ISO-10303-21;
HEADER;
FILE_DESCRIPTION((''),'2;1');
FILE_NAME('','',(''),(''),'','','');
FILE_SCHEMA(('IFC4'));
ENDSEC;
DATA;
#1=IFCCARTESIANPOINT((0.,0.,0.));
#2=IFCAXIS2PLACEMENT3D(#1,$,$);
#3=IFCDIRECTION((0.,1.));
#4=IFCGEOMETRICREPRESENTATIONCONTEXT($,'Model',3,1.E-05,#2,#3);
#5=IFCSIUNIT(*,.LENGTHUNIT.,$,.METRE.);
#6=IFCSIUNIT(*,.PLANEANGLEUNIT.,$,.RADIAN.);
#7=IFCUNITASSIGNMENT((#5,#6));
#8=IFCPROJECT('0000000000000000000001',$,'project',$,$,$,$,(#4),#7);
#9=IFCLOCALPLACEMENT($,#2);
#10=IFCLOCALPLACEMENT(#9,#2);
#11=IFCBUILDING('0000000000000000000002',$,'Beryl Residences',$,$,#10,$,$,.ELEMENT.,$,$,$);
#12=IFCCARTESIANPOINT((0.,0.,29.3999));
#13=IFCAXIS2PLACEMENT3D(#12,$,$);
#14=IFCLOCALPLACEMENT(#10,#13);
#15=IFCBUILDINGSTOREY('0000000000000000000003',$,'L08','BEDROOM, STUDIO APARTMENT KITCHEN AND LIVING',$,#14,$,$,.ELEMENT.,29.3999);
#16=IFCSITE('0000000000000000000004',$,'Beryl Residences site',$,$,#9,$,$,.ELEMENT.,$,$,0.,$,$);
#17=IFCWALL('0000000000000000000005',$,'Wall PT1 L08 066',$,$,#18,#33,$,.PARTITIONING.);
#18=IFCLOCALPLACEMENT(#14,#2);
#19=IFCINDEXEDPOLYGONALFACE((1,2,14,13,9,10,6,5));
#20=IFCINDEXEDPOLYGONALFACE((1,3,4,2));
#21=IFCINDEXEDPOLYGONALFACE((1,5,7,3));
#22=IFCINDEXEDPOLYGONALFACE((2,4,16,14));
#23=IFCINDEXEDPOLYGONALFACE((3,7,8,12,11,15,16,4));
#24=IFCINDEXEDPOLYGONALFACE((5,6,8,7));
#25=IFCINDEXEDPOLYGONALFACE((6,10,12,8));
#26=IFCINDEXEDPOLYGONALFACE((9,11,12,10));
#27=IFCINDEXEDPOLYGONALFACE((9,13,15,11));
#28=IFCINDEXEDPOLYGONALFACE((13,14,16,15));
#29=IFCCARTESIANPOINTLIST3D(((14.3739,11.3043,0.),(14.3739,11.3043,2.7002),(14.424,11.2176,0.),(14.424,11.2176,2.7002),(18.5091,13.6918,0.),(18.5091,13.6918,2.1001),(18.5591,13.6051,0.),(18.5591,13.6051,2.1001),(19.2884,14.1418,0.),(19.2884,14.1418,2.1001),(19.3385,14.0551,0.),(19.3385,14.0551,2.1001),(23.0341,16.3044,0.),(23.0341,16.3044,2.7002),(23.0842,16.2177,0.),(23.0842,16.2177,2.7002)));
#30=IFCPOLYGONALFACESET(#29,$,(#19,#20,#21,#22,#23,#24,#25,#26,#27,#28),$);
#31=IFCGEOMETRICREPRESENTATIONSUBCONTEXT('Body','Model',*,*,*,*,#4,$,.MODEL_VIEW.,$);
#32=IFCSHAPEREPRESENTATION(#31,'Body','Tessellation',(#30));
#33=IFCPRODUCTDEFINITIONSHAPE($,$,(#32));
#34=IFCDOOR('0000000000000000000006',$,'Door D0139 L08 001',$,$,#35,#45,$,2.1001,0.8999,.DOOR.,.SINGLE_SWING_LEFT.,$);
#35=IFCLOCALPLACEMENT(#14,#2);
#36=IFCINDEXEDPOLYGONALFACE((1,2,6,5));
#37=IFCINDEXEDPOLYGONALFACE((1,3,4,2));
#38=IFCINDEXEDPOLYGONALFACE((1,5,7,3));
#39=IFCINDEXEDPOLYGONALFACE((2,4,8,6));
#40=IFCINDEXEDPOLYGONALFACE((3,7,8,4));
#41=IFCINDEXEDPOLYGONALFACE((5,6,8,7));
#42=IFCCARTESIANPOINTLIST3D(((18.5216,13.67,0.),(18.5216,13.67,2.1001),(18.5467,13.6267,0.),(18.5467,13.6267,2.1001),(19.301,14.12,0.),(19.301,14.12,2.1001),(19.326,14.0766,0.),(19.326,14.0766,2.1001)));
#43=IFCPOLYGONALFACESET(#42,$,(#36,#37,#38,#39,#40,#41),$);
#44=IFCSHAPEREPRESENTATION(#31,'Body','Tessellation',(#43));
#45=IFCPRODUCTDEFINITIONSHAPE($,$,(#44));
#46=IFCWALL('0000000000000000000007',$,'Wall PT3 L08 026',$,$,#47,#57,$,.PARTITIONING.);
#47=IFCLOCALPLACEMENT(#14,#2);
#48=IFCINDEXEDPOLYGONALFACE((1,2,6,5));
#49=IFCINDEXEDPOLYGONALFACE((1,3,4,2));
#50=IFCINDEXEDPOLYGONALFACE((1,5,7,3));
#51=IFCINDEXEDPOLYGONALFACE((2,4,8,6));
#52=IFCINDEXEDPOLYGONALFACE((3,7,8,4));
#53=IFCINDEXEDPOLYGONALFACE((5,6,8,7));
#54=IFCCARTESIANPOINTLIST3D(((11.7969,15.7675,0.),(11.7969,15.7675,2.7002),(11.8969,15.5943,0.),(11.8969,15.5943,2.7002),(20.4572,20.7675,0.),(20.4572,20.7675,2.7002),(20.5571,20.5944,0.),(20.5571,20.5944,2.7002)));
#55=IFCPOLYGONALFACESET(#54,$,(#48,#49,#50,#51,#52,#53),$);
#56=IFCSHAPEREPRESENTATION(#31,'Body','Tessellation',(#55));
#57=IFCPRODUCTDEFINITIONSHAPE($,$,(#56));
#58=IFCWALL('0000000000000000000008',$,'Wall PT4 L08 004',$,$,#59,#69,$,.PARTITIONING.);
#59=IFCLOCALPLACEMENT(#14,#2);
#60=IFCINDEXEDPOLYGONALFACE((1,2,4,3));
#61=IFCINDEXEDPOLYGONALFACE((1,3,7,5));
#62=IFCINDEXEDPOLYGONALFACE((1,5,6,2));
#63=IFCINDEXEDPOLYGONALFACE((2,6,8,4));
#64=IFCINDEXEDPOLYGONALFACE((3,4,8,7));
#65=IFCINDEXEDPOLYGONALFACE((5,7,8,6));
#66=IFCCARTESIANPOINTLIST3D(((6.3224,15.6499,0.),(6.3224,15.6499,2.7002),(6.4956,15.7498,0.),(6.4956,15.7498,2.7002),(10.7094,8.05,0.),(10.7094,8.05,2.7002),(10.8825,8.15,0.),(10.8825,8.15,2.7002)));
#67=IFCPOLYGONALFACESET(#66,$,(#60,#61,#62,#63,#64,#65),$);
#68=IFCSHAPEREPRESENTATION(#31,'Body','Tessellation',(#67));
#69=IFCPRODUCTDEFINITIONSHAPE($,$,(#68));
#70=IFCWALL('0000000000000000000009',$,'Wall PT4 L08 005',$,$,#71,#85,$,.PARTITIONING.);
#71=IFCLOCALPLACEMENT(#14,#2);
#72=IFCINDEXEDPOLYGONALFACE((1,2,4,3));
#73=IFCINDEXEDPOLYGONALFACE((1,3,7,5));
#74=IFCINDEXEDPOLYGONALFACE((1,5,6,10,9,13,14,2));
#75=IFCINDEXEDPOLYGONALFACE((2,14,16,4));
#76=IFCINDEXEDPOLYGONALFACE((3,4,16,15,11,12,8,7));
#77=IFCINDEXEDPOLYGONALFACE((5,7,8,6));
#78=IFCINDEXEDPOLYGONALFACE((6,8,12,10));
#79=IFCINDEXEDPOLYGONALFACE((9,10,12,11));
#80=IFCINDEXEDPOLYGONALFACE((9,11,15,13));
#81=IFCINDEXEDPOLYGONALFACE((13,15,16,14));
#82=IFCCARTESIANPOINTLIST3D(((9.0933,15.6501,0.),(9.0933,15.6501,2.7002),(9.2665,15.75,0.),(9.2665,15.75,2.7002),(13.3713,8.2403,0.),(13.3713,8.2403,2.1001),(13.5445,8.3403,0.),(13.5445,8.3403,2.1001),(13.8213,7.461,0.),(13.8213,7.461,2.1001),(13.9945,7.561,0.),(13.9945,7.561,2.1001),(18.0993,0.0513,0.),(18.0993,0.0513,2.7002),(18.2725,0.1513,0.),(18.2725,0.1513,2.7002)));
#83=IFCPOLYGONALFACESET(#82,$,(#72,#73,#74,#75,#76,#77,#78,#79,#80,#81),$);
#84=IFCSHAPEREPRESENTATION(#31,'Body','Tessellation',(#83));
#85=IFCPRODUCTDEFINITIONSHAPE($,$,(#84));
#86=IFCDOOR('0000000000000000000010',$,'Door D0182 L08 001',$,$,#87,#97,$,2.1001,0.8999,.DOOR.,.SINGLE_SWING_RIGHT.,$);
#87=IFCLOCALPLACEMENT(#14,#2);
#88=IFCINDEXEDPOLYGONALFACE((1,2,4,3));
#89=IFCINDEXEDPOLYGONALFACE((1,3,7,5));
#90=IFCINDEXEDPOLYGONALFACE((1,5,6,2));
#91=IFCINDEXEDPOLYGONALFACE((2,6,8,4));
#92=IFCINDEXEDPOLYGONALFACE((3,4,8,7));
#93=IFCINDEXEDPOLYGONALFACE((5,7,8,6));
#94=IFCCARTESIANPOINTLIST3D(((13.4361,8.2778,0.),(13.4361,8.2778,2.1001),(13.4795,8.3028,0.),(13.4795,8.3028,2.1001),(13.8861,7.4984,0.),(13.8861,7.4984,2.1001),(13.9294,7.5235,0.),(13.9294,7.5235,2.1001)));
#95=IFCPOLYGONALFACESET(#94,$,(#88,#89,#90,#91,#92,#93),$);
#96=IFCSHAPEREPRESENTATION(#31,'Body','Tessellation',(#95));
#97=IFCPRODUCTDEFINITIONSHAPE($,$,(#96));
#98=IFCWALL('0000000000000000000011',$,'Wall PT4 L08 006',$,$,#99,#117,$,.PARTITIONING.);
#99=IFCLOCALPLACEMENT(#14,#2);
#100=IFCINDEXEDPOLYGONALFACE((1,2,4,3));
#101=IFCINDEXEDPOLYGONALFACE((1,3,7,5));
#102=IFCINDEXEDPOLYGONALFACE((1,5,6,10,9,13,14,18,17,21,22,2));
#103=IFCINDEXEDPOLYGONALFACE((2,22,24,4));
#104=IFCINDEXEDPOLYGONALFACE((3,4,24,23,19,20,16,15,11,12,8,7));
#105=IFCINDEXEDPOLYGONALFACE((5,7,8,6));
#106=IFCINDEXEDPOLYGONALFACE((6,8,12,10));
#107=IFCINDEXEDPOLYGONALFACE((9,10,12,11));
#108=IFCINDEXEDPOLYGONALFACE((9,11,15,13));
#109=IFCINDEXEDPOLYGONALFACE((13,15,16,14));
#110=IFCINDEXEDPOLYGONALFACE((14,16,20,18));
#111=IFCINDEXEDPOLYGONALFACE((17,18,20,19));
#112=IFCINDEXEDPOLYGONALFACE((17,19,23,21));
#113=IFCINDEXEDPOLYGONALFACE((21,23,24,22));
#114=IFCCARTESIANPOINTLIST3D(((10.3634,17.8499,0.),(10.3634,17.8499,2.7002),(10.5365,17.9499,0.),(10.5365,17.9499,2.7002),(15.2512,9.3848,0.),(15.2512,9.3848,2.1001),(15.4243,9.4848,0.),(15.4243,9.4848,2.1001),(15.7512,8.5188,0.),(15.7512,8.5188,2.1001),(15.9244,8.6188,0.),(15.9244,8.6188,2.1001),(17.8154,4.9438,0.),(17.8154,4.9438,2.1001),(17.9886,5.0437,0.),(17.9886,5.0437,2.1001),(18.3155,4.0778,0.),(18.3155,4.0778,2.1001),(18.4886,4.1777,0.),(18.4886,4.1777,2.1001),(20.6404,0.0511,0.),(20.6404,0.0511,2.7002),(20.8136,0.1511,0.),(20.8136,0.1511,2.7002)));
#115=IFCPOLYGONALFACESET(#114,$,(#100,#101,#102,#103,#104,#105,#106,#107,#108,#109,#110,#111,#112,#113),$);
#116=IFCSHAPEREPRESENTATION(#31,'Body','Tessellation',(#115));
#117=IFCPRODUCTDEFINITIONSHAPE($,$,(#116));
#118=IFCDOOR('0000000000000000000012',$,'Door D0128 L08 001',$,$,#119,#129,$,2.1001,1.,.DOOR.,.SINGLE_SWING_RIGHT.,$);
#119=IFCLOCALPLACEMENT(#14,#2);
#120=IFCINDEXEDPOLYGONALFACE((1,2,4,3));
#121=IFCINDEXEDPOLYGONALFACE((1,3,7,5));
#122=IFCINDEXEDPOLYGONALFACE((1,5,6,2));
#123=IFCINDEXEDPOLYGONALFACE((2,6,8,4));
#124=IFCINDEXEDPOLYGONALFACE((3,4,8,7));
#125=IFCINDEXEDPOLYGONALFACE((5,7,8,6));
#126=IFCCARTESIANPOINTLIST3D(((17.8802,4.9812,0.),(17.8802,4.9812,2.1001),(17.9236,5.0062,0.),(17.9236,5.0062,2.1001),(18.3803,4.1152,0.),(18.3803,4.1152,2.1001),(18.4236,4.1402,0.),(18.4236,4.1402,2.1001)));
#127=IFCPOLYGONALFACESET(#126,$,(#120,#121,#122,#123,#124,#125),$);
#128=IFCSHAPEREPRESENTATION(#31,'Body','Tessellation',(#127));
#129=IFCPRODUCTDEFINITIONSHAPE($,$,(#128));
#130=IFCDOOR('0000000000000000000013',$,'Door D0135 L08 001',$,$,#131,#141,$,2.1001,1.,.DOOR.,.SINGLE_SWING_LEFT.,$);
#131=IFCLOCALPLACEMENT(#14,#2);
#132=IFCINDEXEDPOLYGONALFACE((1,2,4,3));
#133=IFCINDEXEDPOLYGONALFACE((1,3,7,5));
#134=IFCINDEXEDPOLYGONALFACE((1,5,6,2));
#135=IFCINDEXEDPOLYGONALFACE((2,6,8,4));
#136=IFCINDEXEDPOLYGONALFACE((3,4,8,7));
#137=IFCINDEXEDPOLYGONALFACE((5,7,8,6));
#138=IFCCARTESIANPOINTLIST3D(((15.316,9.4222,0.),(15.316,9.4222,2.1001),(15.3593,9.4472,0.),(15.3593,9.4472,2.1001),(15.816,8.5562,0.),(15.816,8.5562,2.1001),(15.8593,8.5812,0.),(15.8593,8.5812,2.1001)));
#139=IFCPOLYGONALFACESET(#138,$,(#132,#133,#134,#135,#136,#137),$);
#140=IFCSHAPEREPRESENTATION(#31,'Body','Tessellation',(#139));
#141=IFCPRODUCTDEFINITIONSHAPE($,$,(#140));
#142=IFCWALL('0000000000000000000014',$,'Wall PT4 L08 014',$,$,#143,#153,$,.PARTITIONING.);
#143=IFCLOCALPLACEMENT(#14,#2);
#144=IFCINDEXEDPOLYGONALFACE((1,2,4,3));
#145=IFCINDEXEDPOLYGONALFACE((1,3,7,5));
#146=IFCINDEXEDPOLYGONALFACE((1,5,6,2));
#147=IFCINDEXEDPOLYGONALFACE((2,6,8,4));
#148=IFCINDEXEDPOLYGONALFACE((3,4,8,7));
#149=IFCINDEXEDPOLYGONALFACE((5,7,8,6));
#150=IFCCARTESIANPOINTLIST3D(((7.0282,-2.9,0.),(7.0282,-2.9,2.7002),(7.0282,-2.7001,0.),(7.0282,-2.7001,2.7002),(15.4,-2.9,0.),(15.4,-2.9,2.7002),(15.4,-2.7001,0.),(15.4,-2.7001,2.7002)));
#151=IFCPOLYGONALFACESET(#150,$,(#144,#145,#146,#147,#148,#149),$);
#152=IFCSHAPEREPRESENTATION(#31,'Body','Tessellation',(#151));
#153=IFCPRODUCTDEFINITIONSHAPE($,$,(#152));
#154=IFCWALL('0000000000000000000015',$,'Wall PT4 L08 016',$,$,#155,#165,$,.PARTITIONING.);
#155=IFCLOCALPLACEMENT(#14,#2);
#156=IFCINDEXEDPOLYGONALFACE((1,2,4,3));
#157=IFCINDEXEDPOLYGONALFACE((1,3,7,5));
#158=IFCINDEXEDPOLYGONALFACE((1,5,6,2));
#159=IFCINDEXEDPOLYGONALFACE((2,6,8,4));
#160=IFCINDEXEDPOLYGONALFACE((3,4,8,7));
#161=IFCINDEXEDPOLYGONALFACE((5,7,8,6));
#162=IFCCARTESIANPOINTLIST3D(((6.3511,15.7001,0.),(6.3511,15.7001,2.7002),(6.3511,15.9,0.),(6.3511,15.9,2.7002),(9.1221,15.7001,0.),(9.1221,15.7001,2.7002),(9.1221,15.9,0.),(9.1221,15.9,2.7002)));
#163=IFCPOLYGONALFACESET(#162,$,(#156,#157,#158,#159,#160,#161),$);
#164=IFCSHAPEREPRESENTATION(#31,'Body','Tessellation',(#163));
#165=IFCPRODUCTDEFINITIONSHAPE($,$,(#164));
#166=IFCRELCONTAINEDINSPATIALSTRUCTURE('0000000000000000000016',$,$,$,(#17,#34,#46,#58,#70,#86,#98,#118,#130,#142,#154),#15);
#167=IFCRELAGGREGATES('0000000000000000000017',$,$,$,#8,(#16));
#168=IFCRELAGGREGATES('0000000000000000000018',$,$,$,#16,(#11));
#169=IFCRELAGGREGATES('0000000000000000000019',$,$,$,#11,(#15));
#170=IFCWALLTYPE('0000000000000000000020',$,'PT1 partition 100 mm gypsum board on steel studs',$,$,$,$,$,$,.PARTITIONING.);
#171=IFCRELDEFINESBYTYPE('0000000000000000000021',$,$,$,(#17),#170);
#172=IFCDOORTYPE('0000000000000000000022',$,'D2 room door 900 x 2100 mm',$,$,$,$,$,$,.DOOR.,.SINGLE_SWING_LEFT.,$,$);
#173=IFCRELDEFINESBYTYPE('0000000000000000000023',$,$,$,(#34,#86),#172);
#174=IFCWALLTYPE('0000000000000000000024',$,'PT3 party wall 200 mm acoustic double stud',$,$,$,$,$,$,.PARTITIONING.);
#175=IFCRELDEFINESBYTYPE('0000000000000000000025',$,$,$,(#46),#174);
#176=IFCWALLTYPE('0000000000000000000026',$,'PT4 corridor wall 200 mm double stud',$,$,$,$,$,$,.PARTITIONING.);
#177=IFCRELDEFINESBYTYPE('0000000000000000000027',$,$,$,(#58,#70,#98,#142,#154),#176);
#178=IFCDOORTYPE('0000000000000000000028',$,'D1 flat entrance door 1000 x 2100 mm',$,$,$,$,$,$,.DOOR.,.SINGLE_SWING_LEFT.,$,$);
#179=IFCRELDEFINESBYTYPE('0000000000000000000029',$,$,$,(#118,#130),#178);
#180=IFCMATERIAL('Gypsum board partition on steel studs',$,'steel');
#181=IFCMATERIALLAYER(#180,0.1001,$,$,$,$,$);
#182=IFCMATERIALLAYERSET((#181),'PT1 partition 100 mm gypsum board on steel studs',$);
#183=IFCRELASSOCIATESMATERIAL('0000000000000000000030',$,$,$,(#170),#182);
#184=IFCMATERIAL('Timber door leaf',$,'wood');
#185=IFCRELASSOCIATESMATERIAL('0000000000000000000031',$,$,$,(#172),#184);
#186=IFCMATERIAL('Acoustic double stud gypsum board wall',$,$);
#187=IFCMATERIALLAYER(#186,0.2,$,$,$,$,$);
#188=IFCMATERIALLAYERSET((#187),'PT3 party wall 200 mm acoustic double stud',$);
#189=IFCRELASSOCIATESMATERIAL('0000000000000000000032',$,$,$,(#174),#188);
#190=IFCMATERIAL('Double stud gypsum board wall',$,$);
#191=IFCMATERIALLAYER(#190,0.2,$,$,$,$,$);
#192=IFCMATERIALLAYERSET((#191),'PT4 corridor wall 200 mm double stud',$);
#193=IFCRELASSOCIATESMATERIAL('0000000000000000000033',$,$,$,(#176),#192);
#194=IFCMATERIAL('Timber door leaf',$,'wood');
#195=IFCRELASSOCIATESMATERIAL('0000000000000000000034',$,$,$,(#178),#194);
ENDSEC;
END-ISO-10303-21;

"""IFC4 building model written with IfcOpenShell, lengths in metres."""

from ifc_helpers import new_model, si_unit, direction, frame, frame_2d, origin, place, context, subcontext, project, spatial, rectangle, extrude, material, layer, layer_set, type_object, element, fill, save


model = new_model("IFC4")

# Units and contexts
model_context = context("Model", 3, precision=1e-05, world=origin(), true_north=direction((0.0, 1.0)))
body_context = subcontext(model_context, "Body", "Model", "MODEL_VIEW")
ifc_project = project(units=[si_unit("LENGTHUNIT", "METRE"), si_unit("PLANEANGLEUNIT", "RADIAN")], contexts=[model_context])

# Site, building, storey
site_placement = place(None, origin())
site = spatial("IfcSite", under=ifc_project, at=site_placement, Name="Beryl Residences site", CompositionType="ELEMENT", RefElevation=0.0)
building_placement = place(site_placement, origin())
building = spatial("IfcBuilding", under=site, at=building_placement, Name="Beryl Residences", CompositionType="ELEMENT")
storey_placement = place(building_placement, frame((0.0, 0.0, 29.3999)))
storey = spatial("IfcBuildingStorey", under=building, at=storey_placement, Name="L08", Description="BEDROOM, STUDIO APARTMENT KITCHEN AND LIVING", CompositionType="ELEMENT", Elevation=29.3999)

# Wall, opening, door
ifc_material_1 = material(Name="Gypsum board partition on steel studs", Category="steel")
ifc_layer_1 = layer(ifc_material_1, 0.1001)
ifc_layer_set_1 = layer_set([ifc_layer_1], Name="PT1 partition 100 mm gypsum board on steel studs")
wall_type_1 = type_object("IfcWallType", Name="PT1 partition 100 mm gypsum board on steel studs", PredefinedType="PARTITIONING", material=ifc_layer_set_1)
wall_1_placement = place(storey_placement, frame((14.3989, 11.261, 0.0), z_axis=(0.0, 0.0, 1.0), x_axis=(0.866023, 0.500004, 0.0)))
wall_1 = element("IfcWall", 1, at=wall_1_placement, inside=storey, type_object=wall_type_1, Name="Wall PT1 L08 066", PredefinedType="PARTITIONING", context=body_context, shape_type="SweptSolid", body=[
    extrude(rectangle(XDim=10.0, YDim=0.1001, at=frame_2d((5.0, 0.0))), origin(), (0.0, 0.0, 1.0), 2.7002),
])
opening_1_placement = place(wall_1_placement, frame((4.7749, 0.0, 0.0)))
opening_1 = element("IfcOpeningElement", 2, at=opening_1_placement, cuts=wall_1, PredefinedType="OPENING", context=body_context, shape_type="SweptSolid", body=[
    extrude(rectangle(XDim=0.8999, YDim=2.1001, at=frame_2d((0.45, 1.05))), frame((0.0, 0.0601, 0.0), z_axis=(0.0, -1.0, 0.0), x_axis=(1.0, 0.0, 0.0)), (0.0, 0.0, 1.0), 0.1201),
])
ifc_material_2 = material(Name="Timber door leaf", Category="wood")
door_type_1 = type_object("IfcDoorType", Name="D2 room door 900 x 2100 mm", OperationType="SINGLE_SWING_LEFT", PredefinedType="DOOR", material=ifc_material_2)
door_1_placement = place(opening_1_placement, origin())
door_1 = element("IfcDoor", 3, at=door_1_placement, inside=storey, type_object=door_type_1, Name="Door D0139 L08 001", OperationType="SINGLE_SWING_LEFT", OverallHeight=2.1001, OverallWidth=0.8999, PredefinedType="DOOR", context=body_context, shape_type="SweptSolid", body=[
    extrude(rectangle(XDim=0.8999, YDim=2.1001, at=frame_2d((0.45, 1.05))), frame((0.0, 0.0249, 0.0), z_axis=(0.0, -1.0, 0.0), x_axis=(1.0, 0.0, 0.0)), (0.0, 0.0, 1.0), 0.05),
])
fill(opening_1, door_1)

# Walls
ifc_material_3 = material(Name="Acoustic double stud gypsum board wall")
ifc_layer_2 = layer(ifc_material_3, 0.2)
ifc_layer_set_2 = layer_set([ifc_layer_2], Name="PT3 party wall 200 mm acoustic double stud")
wall_type_2 = type_object("IfcWallType", Name="PT3 party wall 200 mm acoustic double stud", PredefinedType="PARTITIONING", material=ifc_layer_set_2)
wall_2_placement = place(storey_placement, frame((11.8469, 15.6809, 0.0), z_axis=(0.0, 0.0, 1.0), x_axis=(0.866023, 0.500004, 0.0)))
element("IfcWall", 4, at=wall_2_placement, inside=storey, type_object=wall_type_2, Name="Wall PT3 L08 026", PredefinedType="PARTITIONING", context=body_context, shape_type="SweptSolid", body=[
    extrude(rectangle(XDim=10.0, YDim=0.2, at=frame_2d((5.0, 0.0))), origin(), (0.0, 0.0, 1.0), 2.7002),
])
ifc_material_4 = material(Name="Double stud gypsum board wall")
ifc_layer_3 = layer(ifc_material_4, 0.2)
ifc_layer_set_3 = layer_set([ifc_layer_3], Name="PT4 corridor wall 200 mm double stud")
wall_type_3 = type_object("IfcWallType", Name="PT4 corridor wall 200 mm double stud", PredefinedType="PARTITIONING", material=ifc_layer_set_3)
wall_3_placement = place(storey_placement, frame((6.4089, 15.7, 0.0), z_axis=(0.0, 0.0, 1.0), x_axis=(0.49993, -0.866066, 0.0)))
element("IfcWall", 5, at=wall_3_placement, inside=storey, type_object=wall_type_3, Name="Wall PT4 L08 004", PredefinedType="PARTITIONING", context=body_context, shape_type="SweptSolid", body=[
    extrude(rectangle(XDim=8.7751, YDim=0.2, at=frame_2d((4.3877, 0.0))), origin(), (0.0, 0.0, 1.0), 2.7002),
])

# Wall, opening, door
wall_4_placement = place(storey_placement, frame((9.1799, 15.7, 0.0), z_axis=(0.0, 0.0, 1.0), x_axis=(0.500004, -0.866023, 0.0)))
wall_4 = element("IfcWall", 6, at=wall_4_placement, inside=storey, type_object=wall_type_3, Name="Wall PT4 L08 005", PredefinedType="PARTITIONING", context=body_context, shape_type="SweptSolid", body=[
    extrude(rectangle(XDim=18.012, YDim=0.2, at=frame_2d((9.0059, 0.0))), origin(), (0.0, 0.0, 1.0), 2.7002),
])
opening_2_placement = place(wall_4_placement, frame((8.5559, 0.0, 0.0)))
opening_2 = element("IfcOpeningElement", 7, at=opening_2_placement, cuts=wall_4, PredefinedType="OPENING", context=body_context, shape_type="SweptSolid", body=[
    extrude(rectangle(XDim=0.8999, YDim=2.1001, at=frame_2d((0.45, 1.05))), frame((0.0, 0.1099, 0.0), z_axis=(0.0, -1.0, 0.0), x_axis=(1.0, 0.0, 0.0)), (0.0, 0.0, 1.0), 0.22),
])
door_2_placement = place(opening_2_placement, origin())
door_2 = element("IfcDoor", 8, at=door_2_placement, inside=storey, type_object=door_type_1, Name="Door D0182 L08 001", OperationType="SINGLE_SWING_RIGHT", OverallHeight=2.1001, OverallWidth=0.8999, PredefinedType="DOOR", context=body_context, shape_type="SweptSolid", body=[
    extrude(rectangle(XDim=0.8999, YDim=2.1001, at=frame_2d((0.45, 1.05))), frame((0.0, 0.0249, 0.0), z_axis=(0.0, -1.0, 0.0), x_axis=(1.0, 0.0, 0.0)), (0.0, 0.0, 1.0), 0.05),
])
fill(opening_2, door_2)

# Wall, openings, doors
wall_5_placement = place(storey_placement, frame((10.45, 17.8999, 0.0), z_axis=(0.0, 0.0, 1.0), x_axis=(0.500034, -0.866006, 0.0)))
wall_5 = element("IfcWall", 9, at=wall_5_placement, inside=storey, type_object=wall_type_3, Name="Wall PT4 L08 006", PredefinedType="PARTITIONING", context=body_context, shape_type="SweptSolid", body=[
    extrude(rectangle(XDim=20.5527, YDim=0.2, at=frame_2d((10.2764, 0.0))), origin(), (0.0, 0.0, 1.0), 2.7002),
])
opening_3_placement = place(wall_5_placement, frame((14.9031, 0.0, 0.0)))
opening_3 = element("IfcOpeningElement", 10, at=opening_3_placement, cuts=wall_5, PredefinedType="OPENING", context=body_context, shape_type="SweptSolid", body=[
    extrude(rectangle(XDim=1.0, YDim=2.1001, at=frame_2d((0.5, 1.05))), frame((0.0, 0.1099, 0.0), z_axis=(0.0, -1.0, 0.0), x_axis=(1.0, 0.0, 0.0)), (0.0, 0.0, 1.0), 0.22),
])
opening_4_placement = place(wall_5_placement, frame((9.7749, 0.0, 0.0)))
opening_4 = element("IfcOpeningElement", 11, at=opening_4_placement, cuts=wall_5, PredefinedType="OPENING", context=body_context, shape_type="SweptSolid", body=[
    extrude(rectangle(XDim=1.0, YDim=2.1001, at=frame_2d((0.5, 1.05))), frame((0.0, 0.1099, 0.0), z_axis=(0.0, -1.0, 0.0), x_axis=(1.0, 0.0, 0.0)), (0.0, 0.0, 1.0), 0.22),
])
ifc_material_5 = material(Name="Timber door leaf", Category="wood")
door_type_2 = type_object("IfcDoorType", Name="D1 flat entrance door 1000 x 2100 mm", OperationType="SINGLE_SWING_LEFT", PredefinedType="DOOR", material=ifc_material_5)
door_3_placement = place(opening_3_placement, origin())
door_3 = element("IfcDoor", 12, at=door_3_placement, inside=storey, type_object=door_type_2, Name="Door D0128 L08 001", OperationType="SINGLE_SWING_RIGHT", OverallHeight=2.1001, OverallWidth=1.0, PredefinedType="DOOR", context=body_context, shape_type="SweptSolid", body=[
    extrude(rectangle(XDim=1.0, YDim=2.1001, at=frame_2d((0.5, 1.05))), frame((0.0, 0.0249, 0.0), z_axis=(0.0, -1.0, 0.0), x_axis=(1.0, 0.0, 0.0)), (0.0, 0.0, 1.0), 0.05),
])
fill(opening_3, door_3)
door_4_placement = place(opening_4_placement, origin())
door_4 = element("IfcDoor", 13, at=door_4_placement, inside=storey, type_object=door_type_2, Name="Door D0135 L08 001", OperationType="SINGLE_SWING_LEFT", OverallHeight=2.1001, OverallWidth=1.0, PredefinedType="DOOR", context=body_context, shape_type="SweptSolid", body=[
    extrude(rectangle(XDim=1.0, YDim=2.1001, at=frame_2d((0.5, 1.05))), frame((0.0, 0.0249, 0.0), z_axis=(0.0, -1.0, 0.0), x_axis=(1.0, 0.0, 0.0)), (0.0, 0.0, 1.0), 0.05),
])
fill(opening_4, door_4)

# Walls
wall_6_placement = place(storey_placement, frame((7.0281, -2.8, 0.0), z_axis=(0.0, 0.0, 1.0), x_axis=(1.0, 0.0, 0.0)))
element("IfcWall", 14, at=wall_6_placement, inside=storey, type_object=wall_type_3, Name="Wall PT4 L08 014", PredefinedType="PARTITIONING", context=body_context, shape_type="SweptSolid", body=[
    extrude(rectangle(XDim=8.3718, YDim=0.2, at=frame_2d((4.186, 0.0))), origin(), (0.0, 0.0, 1.0), 2.7002),
])
wall_7_placement = place(storey_placement, frame((6.3511, 15.8, 0.0), z_axis=(0.0, 0.0, 1.0), x_axis=(1.0, 0.0, 0.0)))
element("IfcWall", 15, at=wall_7_placement, inside=storey, type_object=wall_type_3, Name="Wall PT4 L08 016", PredefinedType="PARTITIONING", context=body_context, shape_type="SweptSolid", body=[
    extrude(rectangle(XDim=2.771, YDim=0.2, at=frame_2d((1.3855, 0.0))), origin(), (0.0, 0.0, 1.0), 2.7002),
])

save(model, "model.ifc")
